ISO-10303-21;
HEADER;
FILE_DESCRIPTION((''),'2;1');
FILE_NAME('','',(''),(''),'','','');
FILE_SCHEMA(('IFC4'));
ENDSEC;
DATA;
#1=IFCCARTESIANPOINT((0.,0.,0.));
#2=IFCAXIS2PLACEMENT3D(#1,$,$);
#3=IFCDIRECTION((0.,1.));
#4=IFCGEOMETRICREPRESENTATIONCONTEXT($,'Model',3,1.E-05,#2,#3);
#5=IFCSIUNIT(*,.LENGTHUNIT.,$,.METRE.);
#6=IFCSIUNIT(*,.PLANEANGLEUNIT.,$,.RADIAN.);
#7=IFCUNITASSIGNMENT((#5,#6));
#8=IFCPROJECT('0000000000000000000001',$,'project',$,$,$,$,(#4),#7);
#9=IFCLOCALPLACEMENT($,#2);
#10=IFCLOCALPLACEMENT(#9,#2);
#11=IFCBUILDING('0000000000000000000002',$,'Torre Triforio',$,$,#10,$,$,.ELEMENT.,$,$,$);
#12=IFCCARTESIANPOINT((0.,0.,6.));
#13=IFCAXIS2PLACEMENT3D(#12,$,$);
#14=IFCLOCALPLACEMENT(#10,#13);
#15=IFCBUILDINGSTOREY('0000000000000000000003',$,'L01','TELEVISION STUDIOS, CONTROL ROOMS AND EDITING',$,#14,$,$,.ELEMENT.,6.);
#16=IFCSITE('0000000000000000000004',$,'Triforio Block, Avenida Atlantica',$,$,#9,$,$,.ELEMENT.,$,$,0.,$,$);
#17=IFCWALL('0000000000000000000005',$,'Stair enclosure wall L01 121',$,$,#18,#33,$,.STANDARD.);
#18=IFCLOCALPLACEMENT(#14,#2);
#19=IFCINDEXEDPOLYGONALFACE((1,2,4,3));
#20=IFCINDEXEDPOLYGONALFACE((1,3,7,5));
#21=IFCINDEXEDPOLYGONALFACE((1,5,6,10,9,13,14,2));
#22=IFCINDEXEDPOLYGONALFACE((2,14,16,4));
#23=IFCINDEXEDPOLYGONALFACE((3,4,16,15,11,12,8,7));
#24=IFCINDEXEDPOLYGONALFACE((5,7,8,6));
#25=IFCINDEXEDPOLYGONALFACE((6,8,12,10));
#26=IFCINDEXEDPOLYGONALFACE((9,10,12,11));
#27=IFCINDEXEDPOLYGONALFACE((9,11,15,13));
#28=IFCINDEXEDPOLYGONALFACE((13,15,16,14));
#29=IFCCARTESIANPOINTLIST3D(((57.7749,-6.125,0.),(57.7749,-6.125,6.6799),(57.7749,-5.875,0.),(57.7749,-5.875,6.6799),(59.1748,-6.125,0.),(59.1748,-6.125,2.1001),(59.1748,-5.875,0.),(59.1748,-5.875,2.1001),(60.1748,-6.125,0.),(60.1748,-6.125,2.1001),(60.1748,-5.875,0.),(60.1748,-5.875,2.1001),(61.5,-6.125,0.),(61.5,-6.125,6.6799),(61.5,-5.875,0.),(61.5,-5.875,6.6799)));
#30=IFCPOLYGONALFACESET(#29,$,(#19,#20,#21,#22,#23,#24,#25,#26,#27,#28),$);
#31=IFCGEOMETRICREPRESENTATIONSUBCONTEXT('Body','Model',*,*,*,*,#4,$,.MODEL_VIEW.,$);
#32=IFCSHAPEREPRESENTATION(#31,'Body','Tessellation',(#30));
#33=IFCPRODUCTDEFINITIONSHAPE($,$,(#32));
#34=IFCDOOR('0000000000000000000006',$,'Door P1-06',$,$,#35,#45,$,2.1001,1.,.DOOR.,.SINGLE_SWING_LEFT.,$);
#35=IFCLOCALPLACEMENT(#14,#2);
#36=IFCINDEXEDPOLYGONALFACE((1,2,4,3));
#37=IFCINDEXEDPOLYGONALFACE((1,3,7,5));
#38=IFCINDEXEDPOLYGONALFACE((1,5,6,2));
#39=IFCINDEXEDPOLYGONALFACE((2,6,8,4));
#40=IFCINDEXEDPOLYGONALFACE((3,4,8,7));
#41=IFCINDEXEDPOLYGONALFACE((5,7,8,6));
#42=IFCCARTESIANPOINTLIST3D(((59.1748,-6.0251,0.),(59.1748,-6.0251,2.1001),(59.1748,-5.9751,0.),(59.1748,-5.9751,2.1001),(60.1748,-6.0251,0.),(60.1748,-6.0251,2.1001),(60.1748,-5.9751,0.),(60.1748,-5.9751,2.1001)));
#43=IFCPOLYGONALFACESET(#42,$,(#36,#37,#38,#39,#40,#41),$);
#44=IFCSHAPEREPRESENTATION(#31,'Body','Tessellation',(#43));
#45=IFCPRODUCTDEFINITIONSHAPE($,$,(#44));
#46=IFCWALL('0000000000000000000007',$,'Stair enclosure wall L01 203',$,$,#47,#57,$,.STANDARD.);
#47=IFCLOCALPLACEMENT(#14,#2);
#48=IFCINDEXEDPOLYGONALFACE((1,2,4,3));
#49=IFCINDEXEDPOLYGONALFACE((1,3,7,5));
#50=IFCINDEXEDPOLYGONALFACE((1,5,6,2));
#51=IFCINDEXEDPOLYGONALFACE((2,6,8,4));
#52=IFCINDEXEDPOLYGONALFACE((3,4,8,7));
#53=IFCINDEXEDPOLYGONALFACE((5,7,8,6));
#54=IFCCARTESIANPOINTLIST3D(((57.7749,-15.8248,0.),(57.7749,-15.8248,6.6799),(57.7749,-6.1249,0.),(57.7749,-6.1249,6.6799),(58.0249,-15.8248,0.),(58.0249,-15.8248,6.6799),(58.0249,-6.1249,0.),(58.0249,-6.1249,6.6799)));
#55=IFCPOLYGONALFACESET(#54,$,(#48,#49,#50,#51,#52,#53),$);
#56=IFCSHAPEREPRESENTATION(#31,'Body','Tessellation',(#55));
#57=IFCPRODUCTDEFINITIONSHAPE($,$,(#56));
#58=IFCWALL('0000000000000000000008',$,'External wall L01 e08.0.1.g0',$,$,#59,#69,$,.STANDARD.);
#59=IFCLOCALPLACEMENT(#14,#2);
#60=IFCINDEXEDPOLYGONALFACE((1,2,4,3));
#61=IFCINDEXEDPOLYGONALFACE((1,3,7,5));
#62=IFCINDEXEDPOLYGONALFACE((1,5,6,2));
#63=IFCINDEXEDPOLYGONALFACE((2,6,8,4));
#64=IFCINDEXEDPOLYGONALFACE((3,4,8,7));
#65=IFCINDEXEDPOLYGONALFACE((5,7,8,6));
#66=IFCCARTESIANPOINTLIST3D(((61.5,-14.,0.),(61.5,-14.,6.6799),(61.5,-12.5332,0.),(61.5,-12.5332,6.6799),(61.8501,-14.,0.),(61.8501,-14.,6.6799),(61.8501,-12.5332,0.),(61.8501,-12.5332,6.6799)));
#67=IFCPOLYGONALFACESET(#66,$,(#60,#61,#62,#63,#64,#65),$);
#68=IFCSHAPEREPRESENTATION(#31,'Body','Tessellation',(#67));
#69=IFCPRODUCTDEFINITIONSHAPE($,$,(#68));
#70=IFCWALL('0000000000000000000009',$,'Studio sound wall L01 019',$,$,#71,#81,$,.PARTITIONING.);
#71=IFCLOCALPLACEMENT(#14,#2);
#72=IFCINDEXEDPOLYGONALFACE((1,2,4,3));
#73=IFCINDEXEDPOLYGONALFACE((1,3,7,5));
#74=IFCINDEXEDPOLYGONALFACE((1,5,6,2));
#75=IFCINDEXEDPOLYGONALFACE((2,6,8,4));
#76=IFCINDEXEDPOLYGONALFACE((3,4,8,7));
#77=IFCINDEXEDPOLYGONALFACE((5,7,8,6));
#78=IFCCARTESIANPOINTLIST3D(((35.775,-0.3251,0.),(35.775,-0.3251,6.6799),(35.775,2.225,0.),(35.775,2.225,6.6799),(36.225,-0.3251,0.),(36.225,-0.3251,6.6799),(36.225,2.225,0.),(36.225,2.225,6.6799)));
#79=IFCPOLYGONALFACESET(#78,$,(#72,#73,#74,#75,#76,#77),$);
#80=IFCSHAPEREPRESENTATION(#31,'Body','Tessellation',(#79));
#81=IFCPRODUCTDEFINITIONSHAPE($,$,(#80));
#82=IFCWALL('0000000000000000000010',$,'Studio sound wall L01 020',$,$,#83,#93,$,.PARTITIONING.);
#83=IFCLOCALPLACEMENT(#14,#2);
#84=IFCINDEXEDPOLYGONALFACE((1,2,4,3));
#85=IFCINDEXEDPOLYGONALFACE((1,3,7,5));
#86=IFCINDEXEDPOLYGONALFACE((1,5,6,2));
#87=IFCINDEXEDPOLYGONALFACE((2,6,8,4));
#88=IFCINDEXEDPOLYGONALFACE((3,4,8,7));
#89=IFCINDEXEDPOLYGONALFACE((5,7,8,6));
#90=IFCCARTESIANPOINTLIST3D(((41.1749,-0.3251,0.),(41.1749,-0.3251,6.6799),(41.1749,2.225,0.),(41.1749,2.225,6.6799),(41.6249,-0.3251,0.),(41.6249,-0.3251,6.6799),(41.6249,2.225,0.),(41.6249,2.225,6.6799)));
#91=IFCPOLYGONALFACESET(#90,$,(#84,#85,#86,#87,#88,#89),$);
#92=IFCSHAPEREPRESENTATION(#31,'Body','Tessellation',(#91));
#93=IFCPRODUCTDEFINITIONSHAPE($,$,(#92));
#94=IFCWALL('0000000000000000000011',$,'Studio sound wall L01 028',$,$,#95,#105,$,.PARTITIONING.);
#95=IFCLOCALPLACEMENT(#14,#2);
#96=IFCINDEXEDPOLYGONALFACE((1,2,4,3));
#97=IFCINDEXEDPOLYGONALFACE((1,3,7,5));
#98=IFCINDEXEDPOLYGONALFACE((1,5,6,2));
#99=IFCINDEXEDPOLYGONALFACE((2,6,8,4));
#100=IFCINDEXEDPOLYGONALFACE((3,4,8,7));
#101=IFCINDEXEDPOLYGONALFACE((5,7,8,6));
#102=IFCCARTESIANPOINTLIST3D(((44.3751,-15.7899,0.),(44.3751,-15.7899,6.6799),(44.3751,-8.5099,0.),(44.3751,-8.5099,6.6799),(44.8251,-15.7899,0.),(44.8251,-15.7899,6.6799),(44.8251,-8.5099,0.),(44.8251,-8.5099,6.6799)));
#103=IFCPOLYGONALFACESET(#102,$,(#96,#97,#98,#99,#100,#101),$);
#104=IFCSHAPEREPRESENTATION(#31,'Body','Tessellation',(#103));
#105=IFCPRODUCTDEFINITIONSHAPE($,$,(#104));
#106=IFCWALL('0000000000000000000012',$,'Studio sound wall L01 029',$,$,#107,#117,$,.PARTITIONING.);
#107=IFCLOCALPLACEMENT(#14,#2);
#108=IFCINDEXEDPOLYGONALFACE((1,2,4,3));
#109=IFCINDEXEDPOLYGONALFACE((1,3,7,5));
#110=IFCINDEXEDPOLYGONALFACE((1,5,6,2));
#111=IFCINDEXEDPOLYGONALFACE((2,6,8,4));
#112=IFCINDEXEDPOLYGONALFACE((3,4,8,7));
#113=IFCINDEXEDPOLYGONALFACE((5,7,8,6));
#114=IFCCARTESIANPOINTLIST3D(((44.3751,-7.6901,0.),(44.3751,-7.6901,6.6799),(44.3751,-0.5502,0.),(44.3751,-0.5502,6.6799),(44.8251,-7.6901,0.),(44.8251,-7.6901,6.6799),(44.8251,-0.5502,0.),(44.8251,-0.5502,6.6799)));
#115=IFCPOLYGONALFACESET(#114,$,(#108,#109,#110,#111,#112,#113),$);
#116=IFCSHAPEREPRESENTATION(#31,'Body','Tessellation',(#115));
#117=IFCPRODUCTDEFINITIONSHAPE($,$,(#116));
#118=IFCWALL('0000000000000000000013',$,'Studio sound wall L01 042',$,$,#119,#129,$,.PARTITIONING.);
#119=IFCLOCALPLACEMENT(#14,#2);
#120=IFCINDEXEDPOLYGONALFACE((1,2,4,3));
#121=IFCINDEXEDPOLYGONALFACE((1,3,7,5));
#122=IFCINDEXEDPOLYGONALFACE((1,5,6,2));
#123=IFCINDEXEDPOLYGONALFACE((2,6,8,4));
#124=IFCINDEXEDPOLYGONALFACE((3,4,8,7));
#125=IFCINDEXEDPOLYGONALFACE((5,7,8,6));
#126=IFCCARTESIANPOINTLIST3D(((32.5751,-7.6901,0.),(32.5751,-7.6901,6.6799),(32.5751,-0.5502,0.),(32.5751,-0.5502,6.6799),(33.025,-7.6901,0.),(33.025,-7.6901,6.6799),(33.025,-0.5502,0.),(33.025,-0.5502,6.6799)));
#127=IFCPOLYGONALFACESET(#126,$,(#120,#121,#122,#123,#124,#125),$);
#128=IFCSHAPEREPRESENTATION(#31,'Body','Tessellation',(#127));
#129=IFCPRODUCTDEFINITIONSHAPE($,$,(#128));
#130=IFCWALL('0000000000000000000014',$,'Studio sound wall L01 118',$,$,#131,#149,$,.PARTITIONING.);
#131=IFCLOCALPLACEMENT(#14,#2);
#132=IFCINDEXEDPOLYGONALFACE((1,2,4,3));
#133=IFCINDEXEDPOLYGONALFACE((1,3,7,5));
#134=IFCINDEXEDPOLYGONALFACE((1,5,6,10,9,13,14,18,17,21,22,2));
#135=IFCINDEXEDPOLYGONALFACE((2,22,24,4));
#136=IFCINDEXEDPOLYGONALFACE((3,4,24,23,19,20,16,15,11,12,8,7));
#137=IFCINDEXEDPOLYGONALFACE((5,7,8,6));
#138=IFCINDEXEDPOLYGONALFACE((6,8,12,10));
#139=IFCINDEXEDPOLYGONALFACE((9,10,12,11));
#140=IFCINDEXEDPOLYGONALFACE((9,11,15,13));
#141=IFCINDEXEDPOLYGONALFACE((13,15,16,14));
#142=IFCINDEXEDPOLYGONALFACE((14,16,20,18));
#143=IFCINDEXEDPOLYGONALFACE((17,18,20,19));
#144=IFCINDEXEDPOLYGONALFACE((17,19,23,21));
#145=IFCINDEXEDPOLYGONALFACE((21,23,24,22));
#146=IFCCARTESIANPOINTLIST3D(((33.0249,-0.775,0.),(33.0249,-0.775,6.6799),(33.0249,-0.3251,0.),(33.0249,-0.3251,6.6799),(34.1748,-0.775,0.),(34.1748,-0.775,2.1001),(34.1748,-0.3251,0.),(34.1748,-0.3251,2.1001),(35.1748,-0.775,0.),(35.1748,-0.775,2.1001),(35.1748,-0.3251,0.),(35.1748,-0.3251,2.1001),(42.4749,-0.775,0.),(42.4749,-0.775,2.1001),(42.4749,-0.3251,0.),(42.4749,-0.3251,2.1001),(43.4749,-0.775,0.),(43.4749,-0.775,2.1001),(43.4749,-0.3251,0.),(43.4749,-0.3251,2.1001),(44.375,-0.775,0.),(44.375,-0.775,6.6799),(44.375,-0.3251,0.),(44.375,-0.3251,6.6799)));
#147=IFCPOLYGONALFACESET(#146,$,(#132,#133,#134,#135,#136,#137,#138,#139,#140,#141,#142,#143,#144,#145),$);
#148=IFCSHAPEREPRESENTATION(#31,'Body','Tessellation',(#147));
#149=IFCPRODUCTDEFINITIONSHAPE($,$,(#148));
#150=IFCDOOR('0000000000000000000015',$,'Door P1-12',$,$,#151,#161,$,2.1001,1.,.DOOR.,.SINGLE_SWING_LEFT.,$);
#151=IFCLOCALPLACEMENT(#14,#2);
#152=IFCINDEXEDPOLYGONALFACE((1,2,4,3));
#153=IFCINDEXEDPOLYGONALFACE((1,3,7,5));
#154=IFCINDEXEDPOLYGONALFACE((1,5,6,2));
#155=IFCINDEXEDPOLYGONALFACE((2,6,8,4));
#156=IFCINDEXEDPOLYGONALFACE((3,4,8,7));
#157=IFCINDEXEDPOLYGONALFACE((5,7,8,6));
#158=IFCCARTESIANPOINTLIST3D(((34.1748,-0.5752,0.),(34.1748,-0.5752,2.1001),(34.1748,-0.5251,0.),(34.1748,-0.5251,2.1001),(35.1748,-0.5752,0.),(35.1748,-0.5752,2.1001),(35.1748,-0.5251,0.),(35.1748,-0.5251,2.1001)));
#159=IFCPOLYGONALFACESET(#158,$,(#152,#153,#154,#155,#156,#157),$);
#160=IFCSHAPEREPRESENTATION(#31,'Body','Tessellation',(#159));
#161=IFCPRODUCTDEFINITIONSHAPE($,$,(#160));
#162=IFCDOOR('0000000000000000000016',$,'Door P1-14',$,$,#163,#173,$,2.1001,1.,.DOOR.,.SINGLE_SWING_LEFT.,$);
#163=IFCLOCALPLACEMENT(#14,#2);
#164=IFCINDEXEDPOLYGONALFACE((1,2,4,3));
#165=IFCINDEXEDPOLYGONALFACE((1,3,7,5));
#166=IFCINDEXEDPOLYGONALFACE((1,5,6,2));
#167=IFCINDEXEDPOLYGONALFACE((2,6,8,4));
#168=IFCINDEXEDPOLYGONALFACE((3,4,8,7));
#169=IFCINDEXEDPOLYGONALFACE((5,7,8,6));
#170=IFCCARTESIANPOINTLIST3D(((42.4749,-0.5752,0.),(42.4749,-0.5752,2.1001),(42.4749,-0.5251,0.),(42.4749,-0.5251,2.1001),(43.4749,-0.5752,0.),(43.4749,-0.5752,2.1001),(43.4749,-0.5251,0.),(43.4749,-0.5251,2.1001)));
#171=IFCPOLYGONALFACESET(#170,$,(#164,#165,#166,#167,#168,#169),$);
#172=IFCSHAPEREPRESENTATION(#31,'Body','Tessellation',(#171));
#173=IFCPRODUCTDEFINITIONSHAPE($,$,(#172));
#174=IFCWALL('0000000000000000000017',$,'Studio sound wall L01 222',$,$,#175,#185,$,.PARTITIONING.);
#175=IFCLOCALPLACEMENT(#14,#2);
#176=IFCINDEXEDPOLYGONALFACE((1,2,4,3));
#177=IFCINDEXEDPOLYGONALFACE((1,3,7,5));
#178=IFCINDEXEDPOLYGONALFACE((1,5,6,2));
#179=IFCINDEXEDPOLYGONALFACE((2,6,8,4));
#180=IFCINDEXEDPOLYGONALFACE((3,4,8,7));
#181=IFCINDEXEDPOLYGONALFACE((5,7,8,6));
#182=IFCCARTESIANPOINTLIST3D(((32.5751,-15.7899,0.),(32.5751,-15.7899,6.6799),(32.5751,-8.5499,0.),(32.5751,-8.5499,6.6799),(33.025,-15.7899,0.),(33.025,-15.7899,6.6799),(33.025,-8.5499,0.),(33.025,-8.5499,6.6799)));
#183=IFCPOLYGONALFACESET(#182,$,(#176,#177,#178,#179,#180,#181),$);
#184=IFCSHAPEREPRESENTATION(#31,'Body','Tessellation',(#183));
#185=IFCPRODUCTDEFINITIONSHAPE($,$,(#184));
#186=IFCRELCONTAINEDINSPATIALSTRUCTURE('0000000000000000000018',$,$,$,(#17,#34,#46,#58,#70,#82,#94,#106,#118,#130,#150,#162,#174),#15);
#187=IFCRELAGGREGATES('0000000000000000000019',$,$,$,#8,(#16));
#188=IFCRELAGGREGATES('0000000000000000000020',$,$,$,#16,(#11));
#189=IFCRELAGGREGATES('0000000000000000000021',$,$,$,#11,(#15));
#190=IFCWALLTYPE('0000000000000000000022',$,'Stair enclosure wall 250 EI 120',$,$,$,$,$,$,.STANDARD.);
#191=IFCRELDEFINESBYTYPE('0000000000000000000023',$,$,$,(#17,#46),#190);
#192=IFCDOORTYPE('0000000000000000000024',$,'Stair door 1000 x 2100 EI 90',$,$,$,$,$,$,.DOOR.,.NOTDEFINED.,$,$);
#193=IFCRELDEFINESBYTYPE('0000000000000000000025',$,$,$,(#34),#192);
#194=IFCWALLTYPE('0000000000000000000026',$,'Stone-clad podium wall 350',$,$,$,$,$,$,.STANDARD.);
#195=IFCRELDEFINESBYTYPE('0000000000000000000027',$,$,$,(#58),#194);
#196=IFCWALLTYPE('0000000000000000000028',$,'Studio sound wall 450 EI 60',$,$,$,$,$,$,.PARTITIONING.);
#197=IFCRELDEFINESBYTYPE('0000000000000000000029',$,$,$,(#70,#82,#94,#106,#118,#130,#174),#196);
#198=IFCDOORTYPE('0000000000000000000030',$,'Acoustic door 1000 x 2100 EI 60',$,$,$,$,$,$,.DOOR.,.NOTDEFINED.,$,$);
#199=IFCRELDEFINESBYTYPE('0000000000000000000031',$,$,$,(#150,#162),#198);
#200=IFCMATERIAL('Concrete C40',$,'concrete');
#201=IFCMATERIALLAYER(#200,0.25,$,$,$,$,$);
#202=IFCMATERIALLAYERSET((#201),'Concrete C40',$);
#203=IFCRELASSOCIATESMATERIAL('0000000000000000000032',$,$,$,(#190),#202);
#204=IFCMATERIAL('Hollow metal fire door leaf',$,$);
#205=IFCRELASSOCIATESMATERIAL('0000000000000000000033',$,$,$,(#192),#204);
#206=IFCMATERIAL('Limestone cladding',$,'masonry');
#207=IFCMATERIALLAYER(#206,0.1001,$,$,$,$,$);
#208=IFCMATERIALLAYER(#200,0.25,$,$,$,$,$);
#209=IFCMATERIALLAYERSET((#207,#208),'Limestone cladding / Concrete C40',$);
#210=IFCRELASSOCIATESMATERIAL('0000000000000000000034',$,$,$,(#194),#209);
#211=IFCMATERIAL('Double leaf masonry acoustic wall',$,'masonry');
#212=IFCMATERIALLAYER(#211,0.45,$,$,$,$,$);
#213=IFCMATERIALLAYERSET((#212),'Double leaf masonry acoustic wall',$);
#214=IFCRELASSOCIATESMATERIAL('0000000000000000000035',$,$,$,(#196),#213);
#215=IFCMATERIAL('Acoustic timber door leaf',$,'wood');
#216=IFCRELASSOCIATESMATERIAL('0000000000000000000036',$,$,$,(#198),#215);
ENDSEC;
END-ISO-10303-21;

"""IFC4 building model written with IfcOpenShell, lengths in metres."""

from ifc_helpers import new_model, si_unit, direction, frame, frame_2d, origin, place, context, subcontext, project, spatial, rectangle, extrude, material, layer, layer_set, type_object, element, fill, save


model = new_model("IFC4")

# Units and contexts
model_context = context("Model", 3, precision=1e-05, world=origin(), true_north=direction((0.0, 1.0)))
body_context = subcontext(model_context, "Body", "Model", "MODEL_VIEW")
ifc_project = project(units=[si_unit("LENGTHUNIT", "METRE"), si_unit("PLANEANGLEUNIT", "RADIAN")], contexts=[model_context])

# Site, building, storey
site_placement = place(None, origin())
site = spatial("IfcSite", under=ifc_project, at=site_placement, Name="Triforio Block, Avenida Atlantica", CompositionType="ELEMENT", RefElevation=0.0)
building_placement = place(site_placement, origin())
building = spatial("IfcBuilding", under=site, at=building_placement, Name="Torre Triforio", CompositionType="ELEMENT")
storey_placement = place(building_placement, frame((0.0, 0.0, 6.0)))
storey = spatial("IfcBuildingStorey", under=building, at=storey_placement, Name="L01", Description="TELEVISION STUDIOS, CONTROL ROOMS AND EDITING", CompositionType="ELEMENT", Elevation=6.0)

# Shared definitions
ifc_material_1 = material(Name="Hollow metal fire door leaf")

# Wall, opening, door
ifc_material_2 = material(Name="Concrete C40", Category="concrete")
ifc_layer_1 = layer(ifc_material_2, 0.25)
ifc_layer_set_1 = layer_set([ifc_layer_1], Name="Concrete C40")
wall_type_1 = type_object("IfcWallType", Name="Stair enclosure wall 250 EI 120", PredefinedType="STANDARD", material=ifc_layer_set_1)
wall_1_placement = place(storey_placement, frame((57.7749, -6.0, 0.0), z_axis=(0.0, 0.0, 1.0), x_axis=(1.0, 0.0, 0.0)))
wall_1 = element("IfcWall", 1, at=wall_1_placement, inside=storey, type_object=wall_type_1, Name="Stair enclosure wall L01 121", PredefinedType="STANDARD", context=body_context, shape_type="SweptSolid", body=[
    extrude(rectangle(XDim=3.7251, YDim=0.25, at=frame_2d((1.8625, 0.0))), origin(), (0.0, 0.0, 1.0), 6.6799),
])
opening_1_placement = place(wall_1_placement, frame((1.3999, 0.0, 0.0)))
opening_1 = element("IfcOpeningElement", 2, at=opening_1_placement, cuts=wall_1, PredefinedType="OPENING", context=body_context, shape_type="SweptSolid", body=[
    extrude(rectangle(XDim=1.0, YDim=2.1001, at=frame_2d((0.5, 1.05))), frame((0.0, 0.135, 0.0), z_axis=(0.0, -1.0, 0.0), x_axis=(1.0, 0.0, 0.0)), (0.0, 0.0, 1.0), 0.27),
])
door_type_1 = type_object("IfcDoorType", Name="Stair door 1000 x 2100 EI 90", OperationType="NOTDEFINED", PredefinedType="DOOR", material=ifc_material_1)
door_1_placement = place(opening_1_placement, origin())
door_1 = element("IfcDoor", 3, at=door_1_placement, inside=storey, type_object=door_type_1, Name="Door P1-06", OperationType="SINGLE_SWING_LEFT", OverallHeight=2.1001, OverallWidth=1.0, PredefinedType="DOOR", context=body_context, shape_type="SweptSolid", body=[
    extrude(rectangle(XDim=1.0, YDim=2.1001, at=frame_2d((0.5, 1.05))), frame((0.0, 0.0249, 0.0), z_axis=(0.0, -1.0, 0.0), x_axis=(1.0, 0.0, 0.0)), (0.0, 0.0, 1.0), 0.05),
])
fill(opening_1, door_1)

# Walls
wall_2_placement = place(storey_placement, frame((57.8999, -15.825, 0.0), z_axis=(0.0, 0.0, 1.0), x_axis=(0.0, 1.0, 0.0)))
element("IfcWall", 4, at=wall_2_placement, inside=storey, type_object=wall_type_1, Name="Stair enclosure wall L01 203", PredefinedType="STANDARD", context=body_context, shape_type="SweptSolid", body=[
    extrude(rectangle(XDim=9.7, YDim=0.25, at=frame_2d((4.8501, 0.0))), origin(), (0.0, 0.0, 1.0), 6.6799),
])
ifc_material_3 = material(Name="Limestone cladding", Category="masonry")
ifc_layer_2 = layer(ifc_material_3, 0.1001)
ifc_layer_3 = layer(ifc_material_2, 0.25)
ifc_layer_set_2 = layer_set([ifc_layer_2, ifc_layer_3], Name="Limestone cladding / Concrete C40")
wall_type_2 = type_object("IfcWallType", Name="Stone-clad podium wall 350", PredefinedType="STANDARD", material=ifc_layer_set_2)
wall_3_placement = place(storey_placement, frame((61.675, -14.0, 0.0), z_axis=(0.0, 0.0, 1.0), x_axis=(0.0, 1.0, 0.0)))
element("IfcWall", 5, at=wall_3_placement, inside=storey, type_object=wall_type_2, Name="External wall L01 e08.0.1.g0", PredefinedType="STANDARD", context=body_context, shape_type="SweptSolid", body=[
    extrude(rectangle(XDim=1.4668, YDim=0.3501, at=frame_2d((0.7334, 0.0))), origin(), (0.0, 0.0, 1.0), 6.6799),
])
ifc_material_4 = material(Name="Double leaf masonry acoustic wall", Category="masonry")
ifc_layer_4 = layer(ifc_material_4, 0.45)
ifc_layer_set_3 = layer_set([ifc_layer_4], Name="Double leaf masonry acoustic wall")
wall_type_3 = type_object("IfcWallType", Name="Studio sound wall 450 EI 60", PredefinedType="PARTITIONING", material=ifc_layer_set_3)
for number, where, z_axis, x_axis, name in (
    (6, (36.0, -0.325, 0.0), (0.0, 0.0, 1.0), (0.0, 1.0, 0.0), "Studio sound wall L01 019"),
    (7, (41.3999, -0.325, 0.0), (0.0, 0.0, 1.0), (0.0, 1.0, 0.0), "Studio sound wall L01 020"),
):
    element("IfcWall", number, at=place(storey_placement, frame(where, z_axis=z_axis, x_axis=x_axis)), inside=storey, type_object=wall_type_3, Name=name, PredefinedType="PARTITIONING", context=body_context, shape_type="SweptSolid", body=[
        extrude(rectangle(XDim=2.55, YDim=0.45, at=frame_2d((1.2749, 0.0))), origin(), (0.0, 0.0, 1.0), 6.6799),
    ])
wall_4_placement = place(storey_placement, frame((44.6001, -15.79, 0.0), z_axis=(0.0, 0.0, 1.0), x_axis=(0.0, 1.0, 0.0)))
element("IfcWall", 8, at=wall_4_placement, inside=storey, type_object=wall_type_3, Name="Studio sound wall L01 028", PredefinedType="PARTITIONING", context=body_context, shape_type="SweptSolid", body=[
    extrude(rectangle(XDim=7.28, YDim=0.45, at=frame_2d((3.6401, 0.0))), origin(), (0.0, 0.0, 1.0), 6.6799),
])
for number, where, z_axis, x_axis, name in (
    (9, (44.6001, -7.6899, 0.0), (0.0, 0.0, 1.0), (0.0, 1.0, 0.0), "Studio sound wall L01 029"),
    (10, (32.8, -7.6899, 0.0), (0.0, 0.0, 1.0), (0.0, 1.0, 0.0), "Studio sound wall L01 042"),
):
    element("IfcWall", number, at=place(storey_placement, frame(where, z_axis=z_axis, x_axis=x_axis)), inside=storey, type_object=wall_type_3, Name=name, PredefinedType="PARTITIONING", context=body_context, shape_type="SweptSolid", body=[
        extrude(rectangle(XDim=7.1399, YDim=0.45, at=frame_2d((3.5698, 0.0))), origin(), (0.0, 0.0, 1.0), 6.6799),
    ])

# Wall, openings, doors
wall_5_placement = place(storey_placement, frame((33.0249, -0.55, 0.0), z_axis=(0.0, 0.0, 1.0), x_axis=(1.0, 0.0, 0.0)))
wall_5 = element("IfcWall", 11, at=wall_5_placement, inside=storey, type_object=wall_type_3, Name="Studio sound wall L01 118", PredefinedType="PARTITIONING", context=body_context, shape_type="SweptSolid", body=[
    extrude(rectangle(XDim=11.3501, YDim=0.45, at=frame_2d((5.675, 0.0))), origin(), (0.0, 0.0, 1.0), 6.6799),
])
opening_2_placement = place(wall_5_placement, frame((1.1499, 0.0, 0.0)))
opening_2 = element("IfcOpeningElement", 12, at=opening_2_placement, cuts=wall_5, PredefinedType="OPENING", context=body_context, shape_type="SweptSolid", body=[
    extrude(rectangle(XDim=1.0, YDim=2.1001, at=frame_2d((0.5, 1.05))), frame((0.0, 0.2349, 0.0), z_axis=(0.0, -1.0, 0.0), x_axis=(1.0, 0.0, 0.0)), (0.0, 0.0, 1.0), 0.47),
])
opening_3_placement = place(wall_5_placement, frame((9.45, 0.0, 0.0)))
opening_3 = element("IfcOpeningElement", 13, at=opening_3_placement, cuts=wall_5, PredefinedType="OPENING", context=body_context, shape_type="SweptSolid", body=[
    extrude(rectangle(XDim=1.0, YDim=2.1001, at=frame_2d((0.5, 1.05))), frame((0.0, 0.2349, 0.0), z_axis=(0.0, -1.0, 0.0), x_axis=(1.0, 0.0, 0.0)), (0.0, 0.0, 1.0), 0.47),
])
ifc_material_5 = material(Name="Acoustic timber door leaf", Category="wood")
door_type_2 = type_object("IfcDoorType", Name="Acoustic door 1000 x 2100 EI 60", OperationType="NOTDEFINED", PredefinedType="DOOR", material=ifc_material_5)
door_2_placement = place(opening_2_placement, origin())
door_2 = element("IfcDoor", 14, at=door_2_placement, inside=storey, type_object=door_type_2, Name="Door P1-12", OperationType="SINGLE_SWING_LEFT", OverallHeight=2.1001, OverallWidth=1.0, PredefinedType="DOOR", context=body_context, shape_type="SweptSolid", body=[
    extrude(rectangle(XDim=1.0, YDim=2.1001, at=frame_2d((0.5, 1.05))), frame((0.0, 0.0249, 0.0), z_axis=(0.0, -1.0, 0.0), x_axis=(1.0, 0.0, 0.0)), (0.0, 0.0, 1.0), 0.05),
])
fill(opening_2, door_2)
door_3_placement = place(opening_3_placement, origin())
door_3 = element("IfcDoor", 15, at=door_3_placement, inside=storey, type_object=door_type_2, Name="Door P1-14", OperationType="SINGLE_SWING_LEFT", OverallHeight=2.1001, OverallWidth=1.0, PredefinedType="DOOR", context=body_context, shape_type="SweptSolid", body=[
    extrude(rectangle(XDim=1.0, YDim=2.1001, at=frame_2d((0.5, 1.05))), frame((0.0, 0.0249, 0.0), z_axis=(0.0, -1.0, 0.0), x_axis=(1.0, 0.0, 0.0)), (0.0, 0.0, 1.0), 0.05),
])
fill(opening_3, door_3)

# Wall
wall_6_placement = place(storey_placement, frame((32.8, -15.79, 0.0), z_axis=(0.0, 0.0, 1.0), x_axis=(0.0, 1.0, 0.0)))
element("IfcWall", 16, at=wall_6_placement, inside=storey, type_object=wall_type_3, Name="Studio sound wall L01 222", PredefinedType="PARTITIONING", context=body_context, shape_type="SweptSolid", body=[
    extrude(rectangle(XDim=7.24, YDim=0.45, at=frame_2d((3.6201, 0.0))), origin(), (0.0, 0.0, 1.0), 6.6799),
])

save(model, "model.ifc")
